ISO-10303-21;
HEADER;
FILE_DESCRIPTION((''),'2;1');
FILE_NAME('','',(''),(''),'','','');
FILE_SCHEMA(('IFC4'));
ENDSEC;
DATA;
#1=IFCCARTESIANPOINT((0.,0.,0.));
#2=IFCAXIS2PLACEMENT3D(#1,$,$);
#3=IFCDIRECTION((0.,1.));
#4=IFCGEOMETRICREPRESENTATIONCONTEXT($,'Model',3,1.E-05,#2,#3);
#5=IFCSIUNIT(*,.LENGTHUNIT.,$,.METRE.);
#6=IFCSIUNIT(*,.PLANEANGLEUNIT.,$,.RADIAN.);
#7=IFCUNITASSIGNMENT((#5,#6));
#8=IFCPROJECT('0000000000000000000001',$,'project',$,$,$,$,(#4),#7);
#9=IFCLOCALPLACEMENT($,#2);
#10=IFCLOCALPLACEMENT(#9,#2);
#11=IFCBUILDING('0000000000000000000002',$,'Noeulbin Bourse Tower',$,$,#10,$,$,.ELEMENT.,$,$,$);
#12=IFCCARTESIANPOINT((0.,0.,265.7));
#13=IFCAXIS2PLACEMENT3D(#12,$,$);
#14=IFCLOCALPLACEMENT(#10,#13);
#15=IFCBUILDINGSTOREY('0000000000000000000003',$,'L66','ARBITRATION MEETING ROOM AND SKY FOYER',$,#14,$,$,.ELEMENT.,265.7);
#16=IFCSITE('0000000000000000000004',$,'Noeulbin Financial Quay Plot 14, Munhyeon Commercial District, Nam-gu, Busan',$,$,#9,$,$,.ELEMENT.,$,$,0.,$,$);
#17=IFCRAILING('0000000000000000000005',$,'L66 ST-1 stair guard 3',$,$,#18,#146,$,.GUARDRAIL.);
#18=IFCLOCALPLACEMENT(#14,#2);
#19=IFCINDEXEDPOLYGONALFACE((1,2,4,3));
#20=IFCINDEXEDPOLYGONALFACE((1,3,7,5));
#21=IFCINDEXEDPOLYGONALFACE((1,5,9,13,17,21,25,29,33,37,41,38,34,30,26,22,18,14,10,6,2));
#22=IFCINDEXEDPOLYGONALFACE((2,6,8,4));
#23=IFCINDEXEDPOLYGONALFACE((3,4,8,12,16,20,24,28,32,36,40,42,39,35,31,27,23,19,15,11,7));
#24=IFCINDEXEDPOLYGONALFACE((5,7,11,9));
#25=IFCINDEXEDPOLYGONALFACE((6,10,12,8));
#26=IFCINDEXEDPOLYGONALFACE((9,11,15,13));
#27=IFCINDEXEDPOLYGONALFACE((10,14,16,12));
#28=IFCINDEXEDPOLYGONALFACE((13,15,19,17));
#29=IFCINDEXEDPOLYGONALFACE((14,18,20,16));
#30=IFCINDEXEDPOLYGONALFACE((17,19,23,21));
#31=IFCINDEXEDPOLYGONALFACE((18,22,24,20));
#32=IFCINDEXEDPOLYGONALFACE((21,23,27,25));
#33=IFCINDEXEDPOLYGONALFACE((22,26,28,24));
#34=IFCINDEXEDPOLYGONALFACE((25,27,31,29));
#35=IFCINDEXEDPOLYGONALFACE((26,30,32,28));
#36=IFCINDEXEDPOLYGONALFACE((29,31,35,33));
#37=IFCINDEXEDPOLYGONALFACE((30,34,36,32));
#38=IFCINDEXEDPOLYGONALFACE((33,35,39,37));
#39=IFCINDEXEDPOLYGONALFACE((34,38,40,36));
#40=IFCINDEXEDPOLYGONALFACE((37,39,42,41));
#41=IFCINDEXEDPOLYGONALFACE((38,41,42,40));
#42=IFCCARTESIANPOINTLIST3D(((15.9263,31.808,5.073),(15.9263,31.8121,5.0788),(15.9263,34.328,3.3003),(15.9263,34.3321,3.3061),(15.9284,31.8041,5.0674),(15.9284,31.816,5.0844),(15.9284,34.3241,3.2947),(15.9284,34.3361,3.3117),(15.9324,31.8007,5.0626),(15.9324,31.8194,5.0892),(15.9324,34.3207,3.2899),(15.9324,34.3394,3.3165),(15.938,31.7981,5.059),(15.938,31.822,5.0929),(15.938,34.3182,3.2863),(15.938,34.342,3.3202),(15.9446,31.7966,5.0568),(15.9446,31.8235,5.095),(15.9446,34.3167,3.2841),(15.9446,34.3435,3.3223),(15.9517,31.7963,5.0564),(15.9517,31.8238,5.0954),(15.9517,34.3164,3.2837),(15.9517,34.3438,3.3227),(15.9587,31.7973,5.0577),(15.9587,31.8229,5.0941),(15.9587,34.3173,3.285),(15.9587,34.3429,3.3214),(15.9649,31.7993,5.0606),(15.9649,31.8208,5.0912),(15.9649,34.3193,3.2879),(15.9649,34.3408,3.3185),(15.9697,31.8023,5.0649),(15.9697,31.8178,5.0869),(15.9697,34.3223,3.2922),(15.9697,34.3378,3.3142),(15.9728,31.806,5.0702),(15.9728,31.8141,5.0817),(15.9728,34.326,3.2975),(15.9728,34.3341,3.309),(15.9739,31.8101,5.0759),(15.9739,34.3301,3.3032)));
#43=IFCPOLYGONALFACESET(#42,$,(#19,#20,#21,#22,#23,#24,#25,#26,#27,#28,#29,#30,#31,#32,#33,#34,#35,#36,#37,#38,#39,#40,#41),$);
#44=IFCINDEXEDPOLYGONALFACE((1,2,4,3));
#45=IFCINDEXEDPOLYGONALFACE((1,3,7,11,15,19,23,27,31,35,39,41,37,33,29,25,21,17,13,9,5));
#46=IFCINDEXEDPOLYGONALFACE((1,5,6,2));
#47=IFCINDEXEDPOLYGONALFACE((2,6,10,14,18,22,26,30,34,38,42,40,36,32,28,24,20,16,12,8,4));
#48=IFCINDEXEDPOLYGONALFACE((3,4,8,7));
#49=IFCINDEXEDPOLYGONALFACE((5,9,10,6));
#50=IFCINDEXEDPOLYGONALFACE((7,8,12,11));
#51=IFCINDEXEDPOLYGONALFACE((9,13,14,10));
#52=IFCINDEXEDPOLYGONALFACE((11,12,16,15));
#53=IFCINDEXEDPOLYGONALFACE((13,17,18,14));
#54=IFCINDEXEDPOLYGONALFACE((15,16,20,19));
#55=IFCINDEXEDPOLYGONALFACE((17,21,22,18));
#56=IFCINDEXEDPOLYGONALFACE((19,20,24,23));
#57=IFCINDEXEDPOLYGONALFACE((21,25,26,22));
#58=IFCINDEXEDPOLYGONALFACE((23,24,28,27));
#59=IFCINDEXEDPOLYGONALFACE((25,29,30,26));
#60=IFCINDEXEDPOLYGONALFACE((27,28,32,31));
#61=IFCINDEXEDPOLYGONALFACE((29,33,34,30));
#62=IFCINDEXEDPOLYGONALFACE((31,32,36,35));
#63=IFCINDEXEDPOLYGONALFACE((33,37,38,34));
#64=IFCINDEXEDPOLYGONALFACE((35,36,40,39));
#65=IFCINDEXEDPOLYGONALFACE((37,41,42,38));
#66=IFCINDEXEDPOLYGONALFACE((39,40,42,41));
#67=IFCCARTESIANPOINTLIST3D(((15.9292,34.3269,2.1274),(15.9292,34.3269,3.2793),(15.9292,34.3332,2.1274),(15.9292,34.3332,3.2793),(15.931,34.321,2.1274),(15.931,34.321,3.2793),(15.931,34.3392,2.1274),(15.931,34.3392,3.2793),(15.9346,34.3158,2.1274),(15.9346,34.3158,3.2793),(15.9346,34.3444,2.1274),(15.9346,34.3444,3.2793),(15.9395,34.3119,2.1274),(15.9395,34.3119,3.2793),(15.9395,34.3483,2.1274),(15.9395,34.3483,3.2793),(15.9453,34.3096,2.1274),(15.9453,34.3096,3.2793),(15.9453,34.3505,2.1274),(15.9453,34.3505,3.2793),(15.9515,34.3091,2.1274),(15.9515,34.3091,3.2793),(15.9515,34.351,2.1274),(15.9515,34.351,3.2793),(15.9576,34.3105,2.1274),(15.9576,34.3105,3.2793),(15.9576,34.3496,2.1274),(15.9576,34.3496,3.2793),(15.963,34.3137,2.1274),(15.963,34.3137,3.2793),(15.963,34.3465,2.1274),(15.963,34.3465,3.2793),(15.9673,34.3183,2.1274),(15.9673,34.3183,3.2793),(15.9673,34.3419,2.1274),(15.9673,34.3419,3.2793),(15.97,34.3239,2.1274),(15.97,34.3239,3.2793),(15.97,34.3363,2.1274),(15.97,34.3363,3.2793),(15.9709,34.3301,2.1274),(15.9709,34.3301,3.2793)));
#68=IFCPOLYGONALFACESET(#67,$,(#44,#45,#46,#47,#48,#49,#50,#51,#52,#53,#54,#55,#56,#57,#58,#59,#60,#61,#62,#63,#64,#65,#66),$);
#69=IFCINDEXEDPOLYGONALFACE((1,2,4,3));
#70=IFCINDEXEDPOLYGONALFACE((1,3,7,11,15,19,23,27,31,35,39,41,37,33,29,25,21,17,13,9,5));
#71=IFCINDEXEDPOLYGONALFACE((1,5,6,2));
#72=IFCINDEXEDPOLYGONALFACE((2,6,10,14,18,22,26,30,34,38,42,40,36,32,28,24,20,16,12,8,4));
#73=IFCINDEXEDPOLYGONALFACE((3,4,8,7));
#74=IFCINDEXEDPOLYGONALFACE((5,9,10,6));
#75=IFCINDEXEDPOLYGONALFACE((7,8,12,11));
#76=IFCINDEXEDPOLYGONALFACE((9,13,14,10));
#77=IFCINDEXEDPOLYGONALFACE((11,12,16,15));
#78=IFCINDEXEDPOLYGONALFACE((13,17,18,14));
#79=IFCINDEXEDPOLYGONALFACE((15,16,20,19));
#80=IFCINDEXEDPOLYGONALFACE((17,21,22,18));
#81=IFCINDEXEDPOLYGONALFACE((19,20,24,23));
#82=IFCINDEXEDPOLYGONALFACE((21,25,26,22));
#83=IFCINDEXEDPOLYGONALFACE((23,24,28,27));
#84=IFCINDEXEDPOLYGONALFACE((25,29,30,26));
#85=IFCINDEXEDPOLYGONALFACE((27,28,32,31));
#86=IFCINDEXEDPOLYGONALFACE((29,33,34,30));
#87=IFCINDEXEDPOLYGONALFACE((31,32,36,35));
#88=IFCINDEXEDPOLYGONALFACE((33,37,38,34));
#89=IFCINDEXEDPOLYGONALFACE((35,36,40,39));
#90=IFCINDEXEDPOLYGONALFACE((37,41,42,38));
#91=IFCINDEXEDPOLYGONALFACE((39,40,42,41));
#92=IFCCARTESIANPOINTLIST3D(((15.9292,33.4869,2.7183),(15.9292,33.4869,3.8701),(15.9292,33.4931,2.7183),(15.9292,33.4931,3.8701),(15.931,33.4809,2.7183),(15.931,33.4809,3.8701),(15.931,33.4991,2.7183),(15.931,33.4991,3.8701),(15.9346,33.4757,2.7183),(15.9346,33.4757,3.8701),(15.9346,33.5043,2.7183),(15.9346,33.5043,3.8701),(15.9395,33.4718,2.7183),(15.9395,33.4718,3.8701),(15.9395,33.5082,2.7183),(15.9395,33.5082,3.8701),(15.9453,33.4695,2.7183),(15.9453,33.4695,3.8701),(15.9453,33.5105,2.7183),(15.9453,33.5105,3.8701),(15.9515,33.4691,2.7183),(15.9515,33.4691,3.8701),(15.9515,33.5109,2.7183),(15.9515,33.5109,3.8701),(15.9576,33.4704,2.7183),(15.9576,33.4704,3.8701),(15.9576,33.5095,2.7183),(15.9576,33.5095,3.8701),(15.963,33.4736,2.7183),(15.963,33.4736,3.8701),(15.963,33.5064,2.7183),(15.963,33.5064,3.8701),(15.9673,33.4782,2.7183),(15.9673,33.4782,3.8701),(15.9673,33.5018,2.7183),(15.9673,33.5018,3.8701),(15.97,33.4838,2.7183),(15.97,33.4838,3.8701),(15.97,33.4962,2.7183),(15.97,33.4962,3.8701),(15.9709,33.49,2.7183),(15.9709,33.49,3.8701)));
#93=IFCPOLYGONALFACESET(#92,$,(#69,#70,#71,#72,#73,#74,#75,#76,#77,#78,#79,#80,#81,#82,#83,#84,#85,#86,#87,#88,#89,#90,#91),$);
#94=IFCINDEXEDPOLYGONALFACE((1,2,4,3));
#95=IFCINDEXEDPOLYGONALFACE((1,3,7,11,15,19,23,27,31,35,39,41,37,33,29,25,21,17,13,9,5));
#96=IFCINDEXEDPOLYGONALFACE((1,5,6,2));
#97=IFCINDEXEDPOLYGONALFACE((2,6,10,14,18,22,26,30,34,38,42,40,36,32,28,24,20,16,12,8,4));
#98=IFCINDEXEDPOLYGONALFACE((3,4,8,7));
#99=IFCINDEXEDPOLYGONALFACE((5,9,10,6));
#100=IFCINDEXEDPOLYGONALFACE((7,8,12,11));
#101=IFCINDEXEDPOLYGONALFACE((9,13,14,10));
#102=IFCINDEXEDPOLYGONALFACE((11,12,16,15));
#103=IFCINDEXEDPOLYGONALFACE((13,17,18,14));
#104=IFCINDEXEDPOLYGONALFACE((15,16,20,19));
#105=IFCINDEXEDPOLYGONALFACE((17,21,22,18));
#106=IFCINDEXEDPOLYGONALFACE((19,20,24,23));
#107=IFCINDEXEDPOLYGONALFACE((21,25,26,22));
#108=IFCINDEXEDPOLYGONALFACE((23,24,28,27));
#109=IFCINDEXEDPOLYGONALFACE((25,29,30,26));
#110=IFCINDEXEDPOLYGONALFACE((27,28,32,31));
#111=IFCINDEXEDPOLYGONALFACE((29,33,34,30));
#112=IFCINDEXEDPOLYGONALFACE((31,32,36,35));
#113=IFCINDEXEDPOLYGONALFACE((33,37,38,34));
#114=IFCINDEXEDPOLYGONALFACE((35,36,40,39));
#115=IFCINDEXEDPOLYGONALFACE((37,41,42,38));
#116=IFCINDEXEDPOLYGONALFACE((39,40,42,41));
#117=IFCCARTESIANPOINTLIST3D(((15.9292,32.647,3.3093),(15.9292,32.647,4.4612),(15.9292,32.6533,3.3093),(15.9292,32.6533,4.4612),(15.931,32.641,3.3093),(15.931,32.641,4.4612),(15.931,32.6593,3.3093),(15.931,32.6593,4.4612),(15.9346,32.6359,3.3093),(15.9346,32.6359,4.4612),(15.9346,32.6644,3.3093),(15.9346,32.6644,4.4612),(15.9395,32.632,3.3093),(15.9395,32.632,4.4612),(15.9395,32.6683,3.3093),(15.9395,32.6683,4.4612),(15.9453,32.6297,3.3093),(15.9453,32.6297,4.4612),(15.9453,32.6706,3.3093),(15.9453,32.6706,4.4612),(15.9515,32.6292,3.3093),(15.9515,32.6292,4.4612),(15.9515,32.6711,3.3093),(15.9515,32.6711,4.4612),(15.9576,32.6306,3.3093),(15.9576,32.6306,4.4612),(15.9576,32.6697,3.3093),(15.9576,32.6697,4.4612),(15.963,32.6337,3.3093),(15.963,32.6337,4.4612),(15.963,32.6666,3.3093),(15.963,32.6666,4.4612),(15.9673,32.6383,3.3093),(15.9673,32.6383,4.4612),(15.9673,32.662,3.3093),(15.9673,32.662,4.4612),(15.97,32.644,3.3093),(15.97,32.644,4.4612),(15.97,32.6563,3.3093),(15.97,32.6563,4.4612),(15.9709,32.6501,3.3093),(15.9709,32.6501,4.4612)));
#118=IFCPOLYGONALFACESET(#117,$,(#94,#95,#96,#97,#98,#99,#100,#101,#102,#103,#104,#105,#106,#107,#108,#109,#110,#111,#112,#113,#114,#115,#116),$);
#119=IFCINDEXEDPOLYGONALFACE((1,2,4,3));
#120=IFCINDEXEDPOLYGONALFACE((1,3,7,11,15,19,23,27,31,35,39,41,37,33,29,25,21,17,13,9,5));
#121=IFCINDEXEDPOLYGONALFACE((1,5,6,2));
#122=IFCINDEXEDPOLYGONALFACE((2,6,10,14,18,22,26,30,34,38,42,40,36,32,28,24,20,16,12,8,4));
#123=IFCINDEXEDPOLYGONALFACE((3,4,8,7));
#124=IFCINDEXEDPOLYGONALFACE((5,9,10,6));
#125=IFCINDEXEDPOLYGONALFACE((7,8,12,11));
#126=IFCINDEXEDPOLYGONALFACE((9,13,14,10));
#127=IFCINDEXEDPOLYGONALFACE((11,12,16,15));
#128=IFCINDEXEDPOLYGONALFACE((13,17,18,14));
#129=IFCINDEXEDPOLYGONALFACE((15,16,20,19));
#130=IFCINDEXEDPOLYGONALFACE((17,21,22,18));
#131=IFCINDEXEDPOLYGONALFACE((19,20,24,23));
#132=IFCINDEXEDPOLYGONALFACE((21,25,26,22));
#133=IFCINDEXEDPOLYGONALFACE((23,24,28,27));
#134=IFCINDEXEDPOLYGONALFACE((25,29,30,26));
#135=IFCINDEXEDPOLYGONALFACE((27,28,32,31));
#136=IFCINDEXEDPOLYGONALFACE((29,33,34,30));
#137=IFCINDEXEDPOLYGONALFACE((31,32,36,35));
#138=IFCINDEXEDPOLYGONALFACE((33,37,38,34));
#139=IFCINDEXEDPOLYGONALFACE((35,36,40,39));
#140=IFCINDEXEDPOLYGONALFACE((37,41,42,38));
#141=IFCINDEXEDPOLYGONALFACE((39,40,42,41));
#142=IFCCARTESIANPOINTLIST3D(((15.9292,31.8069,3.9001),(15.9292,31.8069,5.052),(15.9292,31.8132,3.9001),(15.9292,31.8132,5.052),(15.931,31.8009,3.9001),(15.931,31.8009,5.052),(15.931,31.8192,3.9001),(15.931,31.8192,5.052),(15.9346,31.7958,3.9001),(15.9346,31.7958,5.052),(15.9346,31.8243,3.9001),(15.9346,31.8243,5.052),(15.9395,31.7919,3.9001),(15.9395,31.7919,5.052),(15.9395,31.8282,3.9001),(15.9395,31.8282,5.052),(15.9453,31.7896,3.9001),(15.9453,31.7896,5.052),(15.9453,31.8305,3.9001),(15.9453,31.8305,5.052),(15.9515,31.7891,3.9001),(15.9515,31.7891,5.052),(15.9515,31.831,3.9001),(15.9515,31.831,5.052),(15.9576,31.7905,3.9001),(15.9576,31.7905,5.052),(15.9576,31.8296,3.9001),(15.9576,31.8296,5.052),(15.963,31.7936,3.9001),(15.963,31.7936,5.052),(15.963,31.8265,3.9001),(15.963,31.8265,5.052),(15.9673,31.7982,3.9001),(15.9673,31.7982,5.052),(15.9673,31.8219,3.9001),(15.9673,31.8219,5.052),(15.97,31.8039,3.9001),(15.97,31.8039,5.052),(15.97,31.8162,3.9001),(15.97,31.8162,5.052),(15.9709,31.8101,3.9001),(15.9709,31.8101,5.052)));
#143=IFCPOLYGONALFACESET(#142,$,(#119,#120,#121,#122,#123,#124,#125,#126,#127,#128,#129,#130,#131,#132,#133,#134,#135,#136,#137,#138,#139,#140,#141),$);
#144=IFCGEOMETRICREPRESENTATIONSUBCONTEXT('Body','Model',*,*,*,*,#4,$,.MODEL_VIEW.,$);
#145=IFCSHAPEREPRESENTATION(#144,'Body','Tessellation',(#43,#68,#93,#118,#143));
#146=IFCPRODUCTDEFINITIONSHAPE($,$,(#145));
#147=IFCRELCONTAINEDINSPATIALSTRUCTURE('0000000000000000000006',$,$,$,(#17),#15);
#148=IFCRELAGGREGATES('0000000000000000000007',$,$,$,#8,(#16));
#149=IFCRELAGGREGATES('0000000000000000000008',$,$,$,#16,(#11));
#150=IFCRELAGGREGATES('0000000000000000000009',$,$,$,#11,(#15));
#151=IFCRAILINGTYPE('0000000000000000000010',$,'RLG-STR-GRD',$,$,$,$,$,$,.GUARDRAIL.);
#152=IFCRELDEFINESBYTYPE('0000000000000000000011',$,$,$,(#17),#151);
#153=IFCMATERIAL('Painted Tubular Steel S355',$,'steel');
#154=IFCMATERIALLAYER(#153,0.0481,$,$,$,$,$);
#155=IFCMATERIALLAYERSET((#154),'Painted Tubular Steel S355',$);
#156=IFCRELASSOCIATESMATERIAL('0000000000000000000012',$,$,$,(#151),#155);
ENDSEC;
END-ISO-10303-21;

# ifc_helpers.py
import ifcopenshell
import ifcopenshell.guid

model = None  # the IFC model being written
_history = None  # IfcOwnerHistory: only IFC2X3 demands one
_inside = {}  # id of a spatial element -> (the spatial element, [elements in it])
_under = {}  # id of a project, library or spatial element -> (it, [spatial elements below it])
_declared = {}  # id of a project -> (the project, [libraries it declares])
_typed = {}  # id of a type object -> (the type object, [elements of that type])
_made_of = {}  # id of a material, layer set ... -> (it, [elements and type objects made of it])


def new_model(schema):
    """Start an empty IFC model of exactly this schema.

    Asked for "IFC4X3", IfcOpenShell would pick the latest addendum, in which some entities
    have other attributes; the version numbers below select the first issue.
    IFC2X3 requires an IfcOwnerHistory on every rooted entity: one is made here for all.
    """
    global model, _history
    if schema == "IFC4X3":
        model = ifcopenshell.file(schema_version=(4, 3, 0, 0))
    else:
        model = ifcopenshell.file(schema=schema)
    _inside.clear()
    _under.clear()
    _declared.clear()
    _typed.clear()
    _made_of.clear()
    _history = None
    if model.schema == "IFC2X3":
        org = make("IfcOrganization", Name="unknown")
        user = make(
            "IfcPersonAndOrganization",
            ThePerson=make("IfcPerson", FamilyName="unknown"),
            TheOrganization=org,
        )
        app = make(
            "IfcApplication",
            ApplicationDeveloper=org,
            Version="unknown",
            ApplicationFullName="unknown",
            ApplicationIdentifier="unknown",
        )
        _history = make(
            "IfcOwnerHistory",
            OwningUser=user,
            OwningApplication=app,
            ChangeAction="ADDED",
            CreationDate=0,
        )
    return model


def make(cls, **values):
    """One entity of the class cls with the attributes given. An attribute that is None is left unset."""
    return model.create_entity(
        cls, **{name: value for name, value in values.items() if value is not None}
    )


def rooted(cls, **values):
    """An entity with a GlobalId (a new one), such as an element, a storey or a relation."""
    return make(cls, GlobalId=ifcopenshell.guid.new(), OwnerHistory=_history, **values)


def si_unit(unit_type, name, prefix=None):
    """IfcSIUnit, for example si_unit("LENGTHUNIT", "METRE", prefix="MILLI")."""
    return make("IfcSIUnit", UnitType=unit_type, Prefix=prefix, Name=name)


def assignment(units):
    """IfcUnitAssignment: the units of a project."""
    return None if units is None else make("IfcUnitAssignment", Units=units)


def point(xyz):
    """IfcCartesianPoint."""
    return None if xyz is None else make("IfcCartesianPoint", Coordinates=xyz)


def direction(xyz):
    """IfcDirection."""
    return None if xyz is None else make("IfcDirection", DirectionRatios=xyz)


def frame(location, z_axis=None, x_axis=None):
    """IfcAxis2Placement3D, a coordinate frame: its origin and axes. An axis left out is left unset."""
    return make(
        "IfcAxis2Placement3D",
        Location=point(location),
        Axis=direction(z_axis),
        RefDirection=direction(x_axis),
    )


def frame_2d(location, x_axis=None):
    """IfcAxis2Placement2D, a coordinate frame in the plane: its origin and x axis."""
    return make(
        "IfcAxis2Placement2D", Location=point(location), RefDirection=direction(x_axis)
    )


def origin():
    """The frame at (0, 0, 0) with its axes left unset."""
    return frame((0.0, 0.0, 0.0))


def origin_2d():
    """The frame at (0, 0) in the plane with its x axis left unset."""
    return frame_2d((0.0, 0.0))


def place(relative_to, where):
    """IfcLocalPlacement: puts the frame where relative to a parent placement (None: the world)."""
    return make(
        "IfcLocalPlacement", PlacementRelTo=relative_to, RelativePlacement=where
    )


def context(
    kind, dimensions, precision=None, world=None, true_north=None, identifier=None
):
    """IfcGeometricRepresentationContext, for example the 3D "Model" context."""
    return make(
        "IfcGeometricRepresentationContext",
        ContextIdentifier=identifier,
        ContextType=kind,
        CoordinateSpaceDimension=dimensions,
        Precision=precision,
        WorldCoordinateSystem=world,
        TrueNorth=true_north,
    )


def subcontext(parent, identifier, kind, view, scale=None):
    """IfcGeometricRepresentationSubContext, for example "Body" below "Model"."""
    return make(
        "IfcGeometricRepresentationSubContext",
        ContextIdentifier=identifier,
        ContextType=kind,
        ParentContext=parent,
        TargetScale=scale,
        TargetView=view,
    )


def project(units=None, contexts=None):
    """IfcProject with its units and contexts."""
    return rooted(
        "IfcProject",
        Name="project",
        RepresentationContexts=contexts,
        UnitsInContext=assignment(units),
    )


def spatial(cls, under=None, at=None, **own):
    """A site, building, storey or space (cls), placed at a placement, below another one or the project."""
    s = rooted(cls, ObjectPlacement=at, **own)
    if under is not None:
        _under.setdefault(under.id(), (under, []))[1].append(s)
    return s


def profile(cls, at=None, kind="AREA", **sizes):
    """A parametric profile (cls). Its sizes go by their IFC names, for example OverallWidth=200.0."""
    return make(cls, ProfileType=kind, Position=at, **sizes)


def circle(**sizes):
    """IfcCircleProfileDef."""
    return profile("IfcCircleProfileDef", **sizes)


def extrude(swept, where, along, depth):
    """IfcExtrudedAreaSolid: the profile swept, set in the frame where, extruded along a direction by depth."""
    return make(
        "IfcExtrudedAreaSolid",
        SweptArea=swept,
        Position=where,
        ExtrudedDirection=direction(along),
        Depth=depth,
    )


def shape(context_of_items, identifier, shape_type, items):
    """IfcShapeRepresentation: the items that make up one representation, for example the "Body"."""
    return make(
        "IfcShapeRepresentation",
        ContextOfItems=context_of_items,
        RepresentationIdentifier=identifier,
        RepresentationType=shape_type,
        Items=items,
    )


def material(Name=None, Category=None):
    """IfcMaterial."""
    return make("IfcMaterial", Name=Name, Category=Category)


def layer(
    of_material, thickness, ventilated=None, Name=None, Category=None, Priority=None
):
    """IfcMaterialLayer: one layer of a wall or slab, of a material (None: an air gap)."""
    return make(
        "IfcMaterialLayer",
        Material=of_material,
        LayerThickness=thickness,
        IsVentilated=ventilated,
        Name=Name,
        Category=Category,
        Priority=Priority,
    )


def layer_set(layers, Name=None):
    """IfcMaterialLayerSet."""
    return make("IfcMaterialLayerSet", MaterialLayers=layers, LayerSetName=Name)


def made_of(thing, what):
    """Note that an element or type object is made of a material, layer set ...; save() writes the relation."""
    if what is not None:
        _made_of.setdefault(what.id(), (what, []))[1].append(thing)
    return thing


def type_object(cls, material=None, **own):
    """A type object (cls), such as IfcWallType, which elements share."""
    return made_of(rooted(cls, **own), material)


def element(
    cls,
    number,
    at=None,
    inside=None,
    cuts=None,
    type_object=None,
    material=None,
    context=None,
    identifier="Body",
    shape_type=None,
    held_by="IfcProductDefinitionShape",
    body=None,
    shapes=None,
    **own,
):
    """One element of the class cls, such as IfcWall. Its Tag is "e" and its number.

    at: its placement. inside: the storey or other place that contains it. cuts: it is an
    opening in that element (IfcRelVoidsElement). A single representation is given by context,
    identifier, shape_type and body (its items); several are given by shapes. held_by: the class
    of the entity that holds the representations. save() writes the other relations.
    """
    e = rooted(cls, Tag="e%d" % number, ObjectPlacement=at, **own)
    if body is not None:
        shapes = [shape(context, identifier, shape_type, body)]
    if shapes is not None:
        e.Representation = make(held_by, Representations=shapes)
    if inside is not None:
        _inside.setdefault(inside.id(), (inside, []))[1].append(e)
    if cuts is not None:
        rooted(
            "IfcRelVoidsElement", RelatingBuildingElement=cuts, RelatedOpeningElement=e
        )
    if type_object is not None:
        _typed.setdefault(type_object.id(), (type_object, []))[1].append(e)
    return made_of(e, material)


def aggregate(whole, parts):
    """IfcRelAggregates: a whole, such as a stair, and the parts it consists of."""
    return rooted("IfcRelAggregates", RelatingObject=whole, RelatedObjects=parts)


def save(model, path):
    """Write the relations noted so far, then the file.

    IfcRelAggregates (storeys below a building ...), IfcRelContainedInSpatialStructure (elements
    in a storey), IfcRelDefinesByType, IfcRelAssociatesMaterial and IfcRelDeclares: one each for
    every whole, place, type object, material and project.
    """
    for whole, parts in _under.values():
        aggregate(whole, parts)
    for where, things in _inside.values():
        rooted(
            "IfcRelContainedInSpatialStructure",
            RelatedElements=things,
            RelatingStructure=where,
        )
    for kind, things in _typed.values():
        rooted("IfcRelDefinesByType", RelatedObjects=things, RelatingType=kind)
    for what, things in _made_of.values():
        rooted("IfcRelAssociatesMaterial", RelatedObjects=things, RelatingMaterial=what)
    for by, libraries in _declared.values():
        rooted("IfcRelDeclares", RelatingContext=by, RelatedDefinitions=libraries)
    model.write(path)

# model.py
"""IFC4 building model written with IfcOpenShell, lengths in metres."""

from ifc_helpers import new_model, si_unit, direction, frame, origin, origin_2d, place, context, subcontext, project, spatial, circle, extrude, material, layer, layer_set, type_object, element, save


model = new_model("IFC4")

# Units and contexts
model_context = context("Model", 3, precision=1e-05, world=origin(), true_north=direction((0.0, 1.0)))
body_context = subcontext(model_context, "Body", "Model", "MODEL_VIEW")
ifc_project = project(units=[si_unit("LENGTHUNIT", "METRE"), si_unit("PLANEANGLEUNIT", "RADIAN")], contexts=[model_context])

# Site, building, storey
site_placement = place(None, origin())
site = spatial("IfcSite", under=ifc_project, at=site_placement, Name="Noeulbin Financial Quay Plot 14, Munhyeon Commercial District, Nam-gu, Busan", CompositionType="ELEMENT", RefElevation=0.0)
building_placement = place(site_placement, origin())
building = spatial("IfcBuilding", under=site, at=building_placement, Name="Noeulbin Bourse Tower", CompositionType="ELEMENT")
storey_placement = place(building_placement, frame((0.0, 0.0, 265.7)))
storey = spatial("IfcBuildingStorey", under=building, at=storey_placement, Name="L66", Description="ARBITRATION MEETING ROOM AND SKY FOYER", CompositionType="ELEMENT", Elevation=265.7)

# Railing
ifc_material_1 = material(Name="Painted Tubular Steel S355", Category="steel")
ifc_layer_1 = layer(ifc_material_1, 0.0481)
ifc_layer_set_1 = layer_set([ifc_layer_1], Name="Painted Tubular Steel S355")
railing_type_1 = type_object("IfcRailingType", Name="RLG-STR-GRD", PredefinedType="GUARDRAIL", material=ifc_layer_set_1)
railing_1_placement = place(storey_placement, frame((15.95, 34.3301, 2.1274)))
element("IfcRailing", 1, at=railing_1_placement, inside=storey, type_object=railing_type_1, Name="L66 ST-1 stair guard 3", PredefinedType="GUARDRAIL", context=body_context, shape_type="SweptSolid", body=[
    extrude(circle(Radius=0.0239, at=origin_2d()), frame((0.0, 0.0, 1.1758), z_axis=(0.0, -0.817904, 0.575354), x_axis=(1.0, 0.0, 0.0)), (0.0, 0.0, 1.0), 3.0811),
    extrude(circle(Radius=0.021, at=origin_2d()), origin(), (0.0, 0.0, 1.0), 1.1519),
    extrude(circle(Radius=0.021, at=origin_2d()), frame((0.0, -0.8401, 0.5908)), (0.0, 0.0, 1.0), 1.1519),
    extrude(circle(Radius=0.021, at=origin_2d()), frame((0.0, -1.6799, 1.1819)), (0.0, 0.0, 1.0), 1.1519),
    extrude(circle(Radius=0.021, at=origin_2d()), frame((0.0, -2.52, 1.7727)), (0.0, 0.0, 1.0), 1.1519),
])

save(model, "model.ifc")
